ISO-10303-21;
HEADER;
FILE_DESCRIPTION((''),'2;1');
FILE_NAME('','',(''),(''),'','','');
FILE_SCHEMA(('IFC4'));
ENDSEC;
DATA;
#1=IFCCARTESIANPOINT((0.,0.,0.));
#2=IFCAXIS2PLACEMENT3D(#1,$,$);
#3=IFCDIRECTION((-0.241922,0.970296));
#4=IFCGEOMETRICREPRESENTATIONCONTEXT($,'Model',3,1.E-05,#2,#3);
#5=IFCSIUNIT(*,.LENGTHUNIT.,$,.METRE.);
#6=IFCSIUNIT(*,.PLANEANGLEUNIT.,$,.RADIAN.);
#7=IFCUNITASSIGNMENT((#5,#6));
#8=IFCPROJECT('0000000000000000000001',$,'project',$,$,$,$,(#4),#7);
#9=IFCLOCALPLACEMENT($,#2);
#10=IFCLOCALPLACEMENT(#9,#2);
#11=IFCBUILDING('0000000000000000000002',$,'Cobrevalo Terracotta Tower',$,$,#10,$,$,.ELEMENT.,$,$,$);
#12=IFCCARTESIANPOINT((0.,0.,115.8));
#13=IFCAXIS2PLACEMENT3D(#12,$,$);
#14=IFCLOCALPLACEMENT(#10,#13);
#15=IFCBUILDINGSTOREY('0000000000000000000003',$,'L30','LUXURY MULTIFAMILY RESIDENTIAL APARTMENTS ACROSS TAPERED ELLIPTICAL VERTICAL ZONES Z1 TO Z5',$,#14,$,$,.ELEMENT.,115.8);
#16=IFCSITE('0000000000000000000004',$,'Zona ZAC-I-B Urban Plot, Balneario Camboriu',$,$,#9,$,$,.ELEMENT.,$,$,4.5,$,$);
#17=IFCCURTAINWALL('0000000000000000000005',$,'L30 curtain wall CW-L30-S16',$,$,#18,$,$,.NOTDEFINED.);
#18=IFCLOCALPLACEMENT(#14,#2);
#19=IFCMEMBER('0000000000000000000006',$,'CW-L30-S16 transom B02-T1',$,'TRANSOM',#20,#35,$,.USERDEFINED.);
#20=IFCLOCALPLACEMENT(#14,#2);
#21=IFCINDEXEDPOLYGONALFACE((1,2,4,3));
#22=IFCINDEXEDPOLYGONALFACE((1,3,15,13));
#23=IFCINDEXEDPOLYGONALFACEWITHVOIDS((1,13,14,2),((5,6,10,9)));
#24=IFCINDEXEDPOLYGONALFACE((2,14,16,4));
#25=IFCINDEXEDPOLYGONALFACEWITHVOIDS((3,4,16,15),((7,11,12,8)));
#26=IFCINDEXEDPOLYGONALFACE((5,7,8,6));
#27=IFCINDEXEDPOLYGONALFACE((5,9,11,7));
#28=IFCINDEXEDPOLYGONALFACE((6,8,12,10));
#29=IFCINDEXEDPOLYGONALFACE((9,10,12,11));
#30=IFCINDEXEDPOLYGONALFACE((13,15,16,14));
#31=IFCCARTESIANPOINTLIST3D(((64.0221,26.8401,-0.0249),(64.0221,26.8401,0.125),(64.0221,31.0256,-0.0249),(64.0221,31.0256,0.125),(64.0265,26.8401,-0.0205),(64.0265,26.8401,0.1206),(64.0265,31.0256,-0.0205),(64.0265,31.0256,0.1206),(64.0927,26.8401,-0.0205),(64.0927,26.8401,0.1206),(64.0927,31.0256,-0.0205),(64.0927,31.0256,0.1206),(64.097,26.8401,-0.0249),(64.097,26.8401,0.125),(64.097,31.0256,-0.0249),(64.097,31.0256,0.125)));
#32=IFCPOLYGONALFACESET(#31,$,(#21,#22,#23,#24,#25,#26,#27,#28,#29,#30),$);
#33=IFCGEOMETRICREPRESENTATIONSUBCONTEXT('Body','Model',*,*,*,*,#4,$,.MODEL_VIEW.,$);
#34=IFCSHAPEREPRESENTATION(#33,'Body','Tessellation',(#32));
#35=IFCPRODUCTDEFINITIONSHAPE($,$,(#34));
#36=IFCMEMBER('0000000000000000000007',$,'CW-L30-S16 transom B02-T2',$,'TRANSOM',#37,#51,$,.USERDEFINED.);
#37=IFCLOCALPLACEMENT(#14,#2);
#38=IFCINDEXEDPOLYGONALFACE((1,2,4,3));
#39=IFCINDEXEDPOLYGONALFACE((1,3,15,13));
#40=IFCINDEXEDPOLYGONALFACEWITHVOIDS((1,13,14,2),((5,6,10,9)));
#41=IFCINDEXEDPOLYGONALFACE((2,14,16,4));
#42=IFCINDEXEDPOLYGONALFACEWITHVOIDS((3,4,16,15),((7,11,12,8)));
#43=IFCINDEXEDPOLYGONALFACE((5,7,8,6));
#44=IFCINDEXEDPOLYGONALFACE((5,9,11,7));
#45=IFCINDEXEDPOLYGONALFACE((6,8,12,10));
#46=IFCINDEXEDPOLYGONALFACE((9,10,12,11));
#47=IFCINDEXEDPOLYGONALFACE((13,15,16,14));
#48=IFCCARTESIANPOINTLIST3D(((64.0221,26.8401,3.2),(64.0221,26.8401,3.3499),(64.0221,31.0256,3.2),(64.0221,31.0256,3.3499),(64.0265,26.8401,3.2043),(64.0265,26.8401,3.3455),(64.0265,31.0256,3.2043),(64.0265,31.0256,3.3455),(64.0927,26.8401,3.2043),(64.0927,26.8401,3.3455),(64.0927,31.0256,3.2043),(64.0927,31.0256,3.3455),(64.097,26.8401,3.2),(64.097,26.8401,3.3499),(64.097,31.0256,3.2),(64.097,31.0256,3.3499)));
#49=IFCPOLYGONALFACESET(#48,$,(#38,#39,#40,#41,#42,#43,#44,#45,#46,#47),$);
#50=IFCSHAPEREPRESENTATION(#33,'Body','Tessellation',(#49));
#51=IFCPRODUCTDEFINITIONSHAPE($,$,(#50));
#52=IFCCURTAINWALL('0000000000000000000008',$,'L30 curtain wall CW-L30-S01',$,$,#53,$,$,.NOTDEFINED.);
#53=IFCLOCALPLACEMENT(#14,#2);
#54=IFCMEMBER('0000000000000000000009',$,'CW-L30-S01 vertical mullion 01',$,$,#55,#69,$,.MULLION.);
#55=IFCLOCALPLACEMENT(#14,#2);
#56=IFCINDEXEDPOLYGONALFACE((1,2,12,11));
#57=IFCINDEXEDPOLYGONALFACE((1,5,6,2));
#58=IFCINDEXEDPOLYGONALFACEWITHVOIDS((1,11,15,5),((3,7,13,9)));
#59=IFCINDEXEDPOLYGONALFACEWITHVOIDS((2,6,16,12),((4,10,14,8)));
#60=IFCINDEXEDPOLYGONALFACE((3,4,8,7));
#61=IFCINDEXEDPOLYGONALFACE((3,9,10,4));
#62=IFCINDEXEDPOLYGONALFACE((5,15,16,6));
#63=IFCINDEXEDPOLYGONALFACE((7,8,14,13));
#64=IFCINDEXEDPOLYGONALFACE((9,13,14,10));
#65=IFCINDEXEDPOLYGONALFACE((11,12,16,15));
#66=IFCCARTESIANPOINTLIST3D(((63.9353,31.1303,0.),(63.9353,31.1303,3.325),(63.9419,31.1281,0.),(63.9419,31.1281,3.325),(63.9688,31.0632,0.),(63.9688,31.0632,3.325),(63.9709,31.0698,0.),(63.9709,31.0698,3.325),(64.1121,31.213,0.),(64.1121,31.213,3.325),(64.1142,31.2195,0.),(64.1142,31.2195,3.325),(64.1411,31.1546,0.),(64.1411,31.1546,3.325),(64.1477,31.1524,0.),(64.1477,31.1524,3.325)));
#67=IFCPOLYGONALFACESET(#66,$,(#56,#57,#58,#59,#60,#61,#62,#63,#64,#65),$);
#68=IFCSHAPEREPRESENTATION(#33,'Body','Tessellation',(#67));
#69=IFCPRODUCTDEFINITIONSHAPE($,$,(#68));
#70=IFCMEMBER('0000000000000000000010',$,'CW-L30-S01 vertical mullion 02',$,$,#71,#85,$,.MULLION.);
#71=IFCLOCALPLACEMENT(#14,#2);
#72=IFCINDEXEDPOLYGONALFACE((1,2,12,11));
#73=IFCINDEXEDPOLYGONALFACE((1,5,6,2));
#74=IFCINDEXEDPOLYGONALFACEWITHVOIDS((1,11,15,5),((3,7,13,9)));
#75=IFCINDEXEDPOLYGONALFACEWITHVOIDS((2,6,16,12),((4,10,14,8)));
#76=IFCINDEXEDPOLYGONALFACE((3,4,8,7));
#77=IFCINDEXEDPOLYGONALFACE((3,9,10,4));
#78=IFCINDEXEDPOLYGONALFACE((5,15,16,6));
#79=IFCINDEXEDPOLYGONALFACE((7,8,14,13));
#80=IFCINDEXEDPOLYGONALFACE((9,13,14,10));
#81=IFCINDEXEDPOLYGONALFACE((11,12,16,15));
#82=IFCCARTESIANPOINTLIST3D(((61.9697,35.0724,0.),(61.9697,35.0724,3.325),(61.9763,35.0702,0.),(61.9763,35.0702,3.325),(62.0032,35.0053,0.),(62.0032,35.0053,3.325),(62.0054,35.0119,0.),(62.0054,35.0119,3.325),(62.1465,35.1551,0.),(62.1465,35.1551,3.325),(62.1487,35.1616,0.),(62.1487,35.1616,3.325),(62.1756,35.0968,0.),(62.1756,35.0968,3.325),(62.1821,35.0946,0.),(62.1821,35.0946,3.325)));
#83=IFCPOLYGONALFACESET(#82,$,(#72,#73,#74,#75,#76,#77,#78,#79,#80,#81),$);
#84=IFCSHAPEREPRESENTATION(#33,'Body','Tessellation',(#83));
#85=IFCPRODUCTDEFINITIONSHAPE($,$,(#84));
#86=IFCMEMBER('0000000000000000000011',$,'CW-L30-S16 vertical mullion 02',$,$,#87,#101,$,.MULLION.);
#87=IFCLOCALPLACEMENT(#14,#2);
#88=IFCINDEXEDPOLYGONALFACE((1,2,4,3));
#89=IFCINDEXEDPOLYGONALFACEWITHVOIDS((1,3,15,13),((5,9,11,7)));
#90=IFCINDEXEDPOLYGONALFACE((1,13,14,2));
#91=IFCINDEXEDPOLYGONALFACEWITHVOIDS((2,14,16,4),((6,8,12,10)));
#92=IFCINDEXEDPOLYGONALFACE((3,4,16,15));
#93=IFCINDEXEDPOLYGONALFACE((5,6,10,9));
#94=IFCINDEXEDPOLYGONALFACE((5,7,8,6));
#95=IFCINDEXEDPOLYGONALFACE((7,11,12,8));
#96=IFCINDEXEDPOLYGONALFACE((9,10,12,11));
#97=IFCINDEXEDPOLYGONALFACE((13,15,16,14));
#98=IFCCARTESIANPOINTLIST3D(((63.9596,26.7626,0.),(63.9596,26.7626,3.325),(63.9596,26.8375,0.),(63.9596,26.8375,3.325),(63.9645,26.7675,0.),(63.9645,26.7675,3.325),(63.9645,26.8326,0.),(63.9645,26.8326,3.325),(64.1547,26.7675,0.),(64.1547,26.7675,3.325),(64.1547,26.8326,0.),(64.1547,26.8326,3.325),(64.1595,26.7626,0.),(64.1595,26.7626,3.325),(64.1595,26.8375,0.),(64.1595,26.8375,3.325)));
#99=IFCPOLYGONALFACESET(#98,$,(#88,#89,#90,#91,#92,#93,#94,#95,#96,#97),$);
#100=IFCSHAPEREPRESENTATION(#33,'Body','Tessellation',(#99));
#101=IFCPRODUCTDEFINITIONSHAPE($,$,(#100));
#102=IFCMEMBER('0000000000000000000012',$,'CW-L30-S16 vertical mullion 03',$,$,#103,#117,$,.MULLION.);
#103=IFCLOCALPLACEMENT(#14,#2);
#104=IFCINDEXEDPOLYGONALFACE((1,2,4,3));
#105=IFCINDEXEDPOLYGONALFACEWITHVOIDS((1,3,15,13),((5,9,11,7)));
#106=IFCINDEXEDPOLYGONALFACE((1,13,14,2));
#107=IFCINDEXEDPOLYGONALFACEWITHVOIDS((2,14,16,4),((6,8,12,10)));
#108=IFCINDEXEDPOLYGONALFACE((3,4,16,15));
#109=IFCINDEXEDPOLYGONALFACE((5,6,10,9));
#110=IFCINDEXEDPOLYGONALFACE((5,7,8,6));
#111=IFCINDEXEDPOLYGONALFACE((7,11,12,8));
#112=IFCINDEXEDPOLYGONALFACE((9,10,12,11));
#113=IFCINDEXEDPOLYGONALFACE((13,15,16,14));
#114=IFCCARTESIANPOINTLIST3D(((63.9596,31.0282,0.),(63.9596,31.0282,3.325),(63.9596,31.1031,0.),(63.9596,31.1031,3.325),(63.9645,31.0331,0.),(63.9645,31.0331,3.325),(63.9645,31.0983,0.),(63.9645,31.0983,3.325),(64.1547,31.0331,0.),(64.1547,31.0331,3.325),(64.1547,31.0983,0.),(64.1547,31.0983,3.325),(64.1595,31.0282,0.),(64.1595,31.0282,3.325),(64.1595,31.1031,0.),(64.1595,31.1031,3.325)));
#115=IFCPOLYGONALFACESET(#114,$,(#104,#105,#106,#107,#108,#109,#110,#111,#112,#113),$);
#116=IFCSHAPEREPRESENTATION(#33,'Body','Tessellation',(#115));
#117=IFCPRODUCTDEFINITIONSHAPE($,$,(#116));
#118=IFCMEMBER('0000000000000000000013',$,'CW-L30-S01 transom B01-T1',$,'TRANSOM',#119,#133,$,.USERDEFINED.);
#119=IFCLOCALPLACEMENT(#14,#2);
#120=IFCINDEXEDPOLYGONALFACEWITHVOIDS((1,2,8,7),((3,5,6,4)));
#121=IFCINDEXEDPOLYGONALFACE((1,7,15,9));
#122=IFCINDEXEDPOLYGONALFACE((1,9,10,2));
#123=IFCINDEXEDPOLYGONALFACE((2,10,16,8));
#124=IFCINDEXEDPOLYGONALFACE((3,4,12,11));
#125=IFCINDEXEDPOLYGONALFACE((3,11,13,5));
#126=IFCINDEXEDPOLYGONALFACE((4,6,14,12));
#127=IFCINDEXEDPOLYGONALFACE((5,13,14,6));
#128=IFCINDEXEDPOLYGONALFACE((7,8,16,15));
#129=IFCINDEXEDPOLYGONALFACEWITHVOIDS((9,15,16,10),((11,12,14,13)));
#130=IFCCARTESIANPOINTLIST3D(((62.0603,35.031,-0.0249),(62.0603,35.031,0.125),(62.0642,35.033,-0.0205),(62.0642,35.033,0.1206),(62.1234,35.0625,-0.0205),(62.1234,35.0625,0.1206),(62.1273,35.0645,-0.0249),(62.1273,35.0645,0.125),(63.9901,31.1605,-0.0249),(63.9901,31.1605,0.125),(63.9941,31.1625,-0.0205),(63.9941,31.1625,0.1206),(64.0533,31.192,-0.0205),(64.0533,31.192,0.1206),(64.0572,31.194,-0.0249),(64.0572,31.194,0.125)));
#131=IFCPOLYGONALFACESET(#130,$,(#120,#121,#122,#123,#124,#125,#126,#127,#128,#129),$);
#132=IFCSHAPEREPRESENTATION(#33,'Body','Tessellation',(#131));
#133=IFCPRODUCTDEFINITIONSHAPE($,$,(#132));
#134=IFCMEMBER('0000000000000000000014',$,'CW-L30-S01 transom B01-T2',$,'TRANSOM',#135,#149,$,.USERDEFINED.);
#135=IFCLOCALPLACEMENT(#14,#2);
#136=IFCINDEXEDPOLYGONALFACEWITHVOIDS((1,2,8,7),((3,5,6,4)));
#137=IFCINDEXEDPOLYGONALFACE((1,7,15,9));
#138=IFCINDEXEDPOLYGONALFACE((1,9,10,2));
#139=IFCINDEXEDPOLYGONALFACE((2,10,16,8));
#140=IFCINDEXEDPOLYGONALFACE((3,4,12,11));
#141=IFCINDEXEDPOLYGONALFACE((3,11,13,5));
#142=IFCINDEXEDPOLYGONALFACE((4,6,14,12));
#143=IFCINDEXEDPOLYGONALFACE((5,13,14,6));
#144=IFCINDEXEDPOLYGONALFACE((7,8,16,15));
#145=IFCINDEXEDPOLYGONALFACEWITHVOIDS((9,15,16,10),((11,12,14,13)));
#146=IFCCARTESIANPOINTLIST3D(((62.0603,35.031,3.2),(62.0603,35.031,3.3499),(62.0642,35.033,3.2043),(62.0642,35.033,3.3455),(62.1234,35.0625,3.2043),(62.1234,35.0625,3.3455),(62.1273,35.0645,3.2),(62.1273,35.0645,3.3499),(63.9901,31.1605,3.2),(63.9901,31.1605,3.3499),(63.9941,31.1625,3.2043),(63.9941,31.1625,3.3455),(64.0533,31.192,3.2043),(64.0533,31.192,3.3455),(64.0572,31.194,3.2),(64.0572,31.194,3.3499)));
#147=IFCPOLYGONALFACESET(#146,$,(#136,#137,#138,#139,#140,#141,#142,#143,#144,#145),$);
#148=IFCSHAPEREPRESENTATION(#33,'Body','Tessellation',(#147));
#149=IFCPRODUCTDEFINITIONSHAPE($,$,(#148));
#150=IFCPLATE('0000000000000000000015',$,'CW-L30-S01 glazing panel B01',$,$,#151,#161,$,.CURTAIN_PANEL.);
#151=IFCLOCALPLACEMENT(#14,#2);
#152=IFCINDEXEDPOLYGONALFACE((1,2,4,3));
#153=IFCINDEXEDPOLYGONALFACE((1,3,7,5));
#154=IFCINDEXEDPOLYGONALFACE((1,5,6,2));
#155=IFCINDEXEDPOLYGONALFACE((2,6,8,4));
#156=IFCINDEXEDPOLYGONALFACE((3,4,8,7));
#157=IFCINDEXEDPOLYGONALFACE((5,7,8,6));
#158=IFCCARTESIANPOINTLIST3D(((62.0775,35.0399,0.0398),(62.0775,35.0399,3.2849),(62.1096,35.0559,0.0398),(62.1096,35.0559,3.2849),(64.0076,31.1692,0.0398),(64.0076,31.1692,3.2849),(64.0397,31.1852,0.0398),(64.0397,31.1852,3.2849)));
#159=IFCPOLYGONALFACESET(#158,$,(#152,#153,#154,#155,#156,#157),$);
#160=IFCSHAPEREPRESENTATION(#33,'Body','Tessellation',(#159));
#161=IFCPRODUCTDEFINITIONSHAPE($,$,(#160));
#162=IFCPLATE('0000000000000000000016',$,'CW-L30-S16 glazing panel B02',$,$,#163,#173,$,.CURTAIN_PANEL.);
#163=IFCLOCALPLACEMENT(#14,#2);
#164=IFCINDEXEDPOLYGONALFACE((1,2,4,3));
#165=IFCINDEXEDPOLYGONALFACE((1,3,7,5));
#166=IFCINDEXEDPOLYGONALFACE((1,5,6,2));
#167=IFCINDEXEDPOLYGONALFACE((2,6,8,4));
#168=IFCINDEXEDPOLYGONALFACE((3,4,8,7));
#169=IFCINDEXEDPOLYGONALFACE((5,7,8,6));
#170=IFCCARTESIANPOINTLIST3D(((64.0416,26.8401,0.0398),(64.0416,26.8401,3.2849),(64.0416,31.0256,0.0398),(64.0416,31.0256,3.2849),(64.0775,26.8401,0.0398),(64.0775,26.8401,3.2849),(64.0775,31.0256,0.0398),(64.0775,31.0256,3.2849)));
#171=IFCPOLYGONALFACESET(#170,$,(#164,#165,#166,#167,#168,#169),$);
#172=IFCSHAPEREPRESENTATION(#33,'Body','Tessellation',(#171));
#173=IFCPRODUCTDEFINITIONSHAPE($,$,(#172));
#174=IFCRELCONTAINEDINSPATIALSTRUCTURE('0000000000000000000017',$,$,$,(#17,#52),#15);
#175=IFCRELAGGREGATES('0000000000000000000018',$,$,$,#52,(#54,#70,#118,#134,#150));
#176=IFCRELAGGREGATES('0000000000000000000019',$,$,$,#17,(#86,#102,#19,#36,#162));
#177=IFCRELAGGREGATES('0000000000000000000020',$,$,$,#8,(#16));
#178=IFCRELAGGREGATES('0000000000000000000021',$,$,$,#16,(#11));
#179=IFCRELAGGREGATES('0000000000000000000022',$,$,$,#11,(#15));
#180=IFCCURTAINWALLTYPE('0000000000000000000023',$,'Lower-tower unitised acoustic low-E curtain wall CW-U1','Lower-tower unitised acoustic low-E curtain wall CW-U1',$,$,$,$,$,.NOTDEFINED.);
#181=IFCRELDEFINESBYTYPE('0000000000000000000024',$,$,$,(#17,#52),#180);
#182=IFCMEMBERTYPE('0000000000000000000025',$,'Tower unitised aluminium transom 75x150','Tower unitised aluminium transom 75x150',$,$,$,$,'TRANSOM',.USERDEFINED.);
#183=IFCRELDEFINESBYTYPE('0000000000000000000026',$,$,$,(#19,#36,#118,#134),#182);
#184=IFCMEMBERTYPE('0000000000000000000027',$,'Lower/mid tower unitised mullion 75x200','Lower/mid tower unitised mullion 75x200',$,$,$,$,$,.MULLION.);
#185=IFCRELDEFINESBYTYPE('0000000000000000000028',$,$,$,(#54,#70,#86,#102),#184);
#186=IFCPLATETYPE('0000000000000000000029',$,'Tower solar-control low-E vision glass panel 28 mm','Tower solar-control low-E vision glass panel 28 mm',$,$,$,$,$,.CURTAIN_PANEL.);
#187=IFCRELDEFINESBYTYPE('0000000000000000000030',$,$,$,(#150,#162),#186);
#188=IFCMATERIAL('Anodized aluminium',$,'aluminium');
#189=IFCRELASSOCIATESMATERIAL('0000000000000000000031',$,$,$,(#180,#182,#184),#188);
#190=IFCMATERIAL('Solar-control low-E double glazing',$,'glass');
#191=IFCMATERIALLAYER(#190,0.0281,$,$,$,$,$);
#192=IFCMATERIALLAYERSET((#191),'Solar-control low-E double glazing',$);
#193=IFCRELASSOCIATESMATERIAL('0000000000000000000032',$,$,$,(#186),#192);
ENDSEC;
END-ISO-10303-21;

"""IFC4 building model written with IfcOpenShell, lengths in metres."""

from ifc_helpers import new_model, si_unit, direction, frame, origin, origin_2d, place, context, subcontext, project, spatial, rectangle, hollow_rectangle, extrude, source, transform, mapped, material, layer, layer_set, material_profile, profile_set, type_object, element, aggregate, save


model = new_model("IFC4")

# Units and contexts
model_context = context("Model", 3, precision=1e-05, world=origin(), true_north=direction((-0.241922, 0.970296)))
body_context = subcontext(model_context, "Body", "Model", "MODEL_VIEW")
ifc_project = project(units=[si_unit("LENGTHUNIT", "METRE"), si_unit("PLANEANGLEUNIT", "RADIAN")], contexts=[model_context])

# Site, building, storey
site_placement = place(None, origin())
site = spatial("IfcSite", under=ifc_project, at=site_placement, Name="Zona ZAC-I-B Urban Plot, Balneario Camboriu", CompositionType="ELEMENT", RefElevation=4.5)
building_placement = place(site_placement, origin())
building = spatial("IfcBuilding", under=site, at=building_placement, Name="Cobrevalo Terracotta Tower", CompositionType="ELEMENT")
storey_placement = place(building_placement, frame((0.0, 0.0, 115.8)))
storey = spatial("IfcBuildingStorey", under=building, at=storey_placement, Name="L30", Description="LUXURY MULTIFAMILY RESIDENTIAL APARTMENTS ACROSS TAPERED ELLIPTICAL VERTICAL ZONES Z1 TO Z5", CompositionType="ELEMENT", Elevation=115.8)

# Curtain walls, members
ifc_material_1 = material(Name="Anodized aluminium", Category="aluminium")
curtain_wall_type = type_object("IfcCurtainWallType", Name="Lower-tower unitised acoustic low-E curtain wall CW-U1", Description="Lower-tower unitised acoustic low-E curtain wall CW-U1", PredefinedType="NOTDEFINED", material=ifc_material_1)
curtain_wall_1_placement = place(storey_placement, origin())
curtain_wall_1 = element("IfcCurtainWall", 1, at=curtain_wall_1_placement, inside=storey, type_object=curtain_wall_type, Name="L30 curtain wall CW-L30-S16", PredefinedType="NOTDEFINED")
ifc_material_profile_1 = material_profile(ifc_material_1, hollow_rectangle(XDim=0.075, YDim=0.1499, WallThickness=0.0044, at=origin_2d()), Name="CWT 75x150")
ifc_profile_set_1 = profile_set([ifc_material_profile_1], Name="Anodized aluminium")
member_type_1 = type_object("IfcMemberType", Name="Tower unitised aluminium transom 75x150", Description="Tower unitised aluminium transom 75x150", ElementType="TRANSOM", PredefinedType="USERDEFINED", material=ifc_profile_set_1)
shared_shape_1 = source(origin(), body_context, "Body", "SweptSolid", [
    extrude(hollow_rectangle(XDim=0.075, YDim=0.1499, WallThickness=0.0044, at=origin_2d()), origin(), (0.0, 0.0, 1.0), 4.1855),
])
member_1_placement = place(storey_placement, frame((64.0596, 26.8401, 0.05), z_axis=(0.0, 1.0, 0.0), x_axis=(-1.0, 0.0, 0.0)))
member_1 = element("IfcMember", 2, at=member_1_placement, type_object=member_type_1, Name="CW-L30-S16 transom B02-T1", ObjectType="TRANSOM", PredefinedType="USERDEFINED", context=body_context, shape_type="MappedRepresentation", body=[
    mapped(shared_shape_1, transform((0.0, 0.0, 0.0), scale=1.0)),
])
member_2_placement = place(storey_placement, frame((64.0596, 26.8401, 3.2749), z_axis=(0.0, 1.0, 0.0), x_axis=(-1.0, 0.0, 0.0)))
member_2 = element("IfcMember", 3, at=member_2_placement, type_object=member_type_1, Name="CW-L30-S16 transom B02-T2", ObjectType="TRANSOM", PredefinedType="USERDEFINED", context=body_context, shape_type="MappedRepresentation", body=[
    mapped(shared_shape_1, transform((0.0, 0.0, 0.0), scale=1.0)),
])
curtain_wall_2_placement = place(storey_placement, origin())
curtain_wall_2 = element("IfcCurtainWall", 4, at=curtain_wall_2_placement, inside=storey, type_object=curtain_wall_type, Name="L30 curtain wall CW-L30-S01", PredefinedType="NOTDEFINED")
ifc_material_profile_2 = material_profile(ifc_material_1, hollow_rectangle(XDim=0.075, YDim=0.2, WallThickness=0.0049, at=origin_2d()), Name="CWM 75x200")
ifc_profile_set_2 = profile_set([ifc_material_profile_2], Name="Anodized aluminium")
member_type_2 = type_object("IfcMemberType", Name="Lower/mid tower unitised mullion 75x200", Description="Lower/mid tower unitised mullion 75x200", PredefinedType="MULLION", material=ifc_profile_set_2)
shared_shape_2 = source(origin(), body_context, "Body", "SweptSolid", [
    extrude(hollow_rectangle(XDim=0.075, YDim=0.2, WallThickness=0.0049, at=origin_2d()), origin(), (0.0, 0.0, 1.0), 3.325),
])
member_3_placement = place(storey_placement, frame((64.0415, 31.1414, 0.0), z_axis=(0.0, 0.0, 1.0), x_axis=(-0.44626, 0.894903, 0.0)))
member_3 = element("IfcMember", 5, at=member_3_placement, type_object=member_type_2, Name="CW-L30-S01 vertical mullion 01", PredefinedType="MULLION", context=body_context, shape_type="MappedRepresentation", body=[
    mapped(shared_shape_2, transform((0.0, 0.0, 0.0), scale=1.0)),
])
member_4_placement = place(storey_placement, frame((62.0759, 35.0835, 0.0), z_axis=(0.0, 0.0, 1.0), x_axis=(-0.44626, 0.894903, 0.0)))
member_4 = element("IfcMember", 6, at=member_4_placement, type_object=member_type_2, Name="CW-L30-S01 vertical mullion 02", PredefinedType="MULLION", context=body_context, shape_type="MappedRepresentation", body=[
    mapped(shared_shape_2, transform((0.0, 0.0, 0.0), scale=1.0)),
])

# Members
member_5_placement = place(storey_placement, frame((64.0596, 26.8, 0.0), z_axis=(0.0, 0.0, 1.0), x_axis=(0.0, 1.0, 0.0)))
member_5 = element("IfcMember", 7, at=member_5_placement, type_object=member_type_2, Name="CW-L30-S16 vertical mullion 02", PredefinedType="MULLION", context=body_context, shape_type="MappedRepresentation", body=[
    mapped(shared_shape_2, transform((0.0, 0.0, 0.0), scale=1.0)),
])
member_6_placement = place(storey_placement, frame((64.0596, 31.0657, 0.0), z_axis=(0.0, 0.0, 1.0), x_axis=(0.0, 1.0, 0.0)))
member_6 = element("IfcMember", 8, at=member_6_placement, type_object=member_type_2, Name="CW-L30-S16 vertical mullion 03", PredefinedType="MULLION", context=body_context, shape_type="MappedRepresentation", body=[
    mapped(shared_shape_2, transform((0.0, 0.0, 0.0), scale=1.0)),
])
shared_shape_3 = source(origin(), body_context, "Body", "SweptSolid", [
    extrude(hollow_rectangle(XDim=0.075, YDim=0.1499, WallThickness=0.0044, at=origin_2d()), origin(), (0.0, 0.0, 1.0), 4.325),
])
member_7_placement = place(storey_placement, frame((64.0237, 31.1772, 0.05), z_axis=(-0.44622, 0.894923, 0.0), x_axis=(-0.894923, -0.44622, 0.0)))
member_7 = element("IfcMember", 9, at=member_7_placement, type_object=member_type_1, Name="CW-L30-S01 transom B01-T1", ObjectType="TRANSOM", PredefinedType="USERDEFINED", context=body_context, shape_type="MappedRepresentation", body=[
    mapped(shared_shape_3, transform((0.0, 0.0, 0.0), scale=1.0)),
])
member_8_placement = place(storey_placement, frame((64.0237, 31.1772, 3.2749), z_axis=(-0.44622, 0.894923, 0.0), x_axis=(-0.894923, -0.44622, 0.0)))
member_8 = element("IfcMember", 10, at=member_8_placement, type_object=member_type_1, Name="CW-L30-S01 transom B01-T2", ObjectType="TRANSOM", PredefinedType="USERDEFINED", context=body_context, shape_type="MappedRepresentation", body=[
    mapped(shared_shape_3, transform((0.0, 0.0, 0.0), scale=1.0)),
])

# Plates
ifc_material_2 = material(Name="Solar-control low-E double glazing", Category="glass")
ifc_layer_1 = layer(ifc_material_2, 0.0281)
ifc_layer_set_1 = layer_set([ifc_layer_1], Name="Solar-control low-E double glazing")
plate_type = type_object("IfcPlateType", Name="Tower solar-control low-E vision glass panel 28 mm", Description="Tower solar-control low-E vision glass panel 28 mm", PredefinedType="CURTAIN_PANEL", material=ifc_layer_set_1)
shared_shape_4 = source(origin(), body_context, "Body", "SweptSolid", [
    extrude(rectangle(XDim=4.3252, YDim=0.0359, at=origin_2d()), origin(), (0.0, 0.0, 1.0), 3.2451),
])
plate_1_placement = place(storey_placement, frame((63.0586, 33.1125, 0.0398), z_axis=(0.0, 0.0, 1.0), x_axis=(-0.446262, 0.894902, 0.0)))
plate_1 = element("IfcPlate", 11, at=plate_1_placement, type_object=plate_type, Name="CW-L30-S01 glazing panel B01", PredefinedType="CURTAIN_PANEL", context=body_context, shape_type="MappedRepresentation", body=[
    mapped(shared_shape_4, transform((0.0, 0.0, 0.0), scale=1.0)),
])
aggregate(curtain_wall_2, [member_3, member_4, member_7, member_8, plate_1])
shared_shape_5 = source(origin(), body_context, "Body", "SweptSolid", [
    extrude(rectangle(XDim=4.1855, YDim=0.0359, at=origin_2d()), origin(), (0.0, 0.0, 1.0), 3.2451),
])
plate_2_placement = place(storey_placement, frame((64.0596, 28.9329, 0.0398), z_axis=(0.0, 0.0, 1.0), x_axis=(0.0, 1.0, 0.0)))
plate_2 = element("IfcPlate", 12, at=plate_2_placement, type_object=plate_type, Name="CW-L30-S16 glazing panel B02", PredefinedType="CURTAIN_PANEL", context=body_context, shape_type="MappedRepresentation", body=[
    mapped(shared_shape_5, transform((0.0, 0.0, 0.0), scale=1.0)),
])
aggregate(curtain_wall_1, [member_5, member_6, member_1, member_2, plate_2])

save(model, "model.ifc")
